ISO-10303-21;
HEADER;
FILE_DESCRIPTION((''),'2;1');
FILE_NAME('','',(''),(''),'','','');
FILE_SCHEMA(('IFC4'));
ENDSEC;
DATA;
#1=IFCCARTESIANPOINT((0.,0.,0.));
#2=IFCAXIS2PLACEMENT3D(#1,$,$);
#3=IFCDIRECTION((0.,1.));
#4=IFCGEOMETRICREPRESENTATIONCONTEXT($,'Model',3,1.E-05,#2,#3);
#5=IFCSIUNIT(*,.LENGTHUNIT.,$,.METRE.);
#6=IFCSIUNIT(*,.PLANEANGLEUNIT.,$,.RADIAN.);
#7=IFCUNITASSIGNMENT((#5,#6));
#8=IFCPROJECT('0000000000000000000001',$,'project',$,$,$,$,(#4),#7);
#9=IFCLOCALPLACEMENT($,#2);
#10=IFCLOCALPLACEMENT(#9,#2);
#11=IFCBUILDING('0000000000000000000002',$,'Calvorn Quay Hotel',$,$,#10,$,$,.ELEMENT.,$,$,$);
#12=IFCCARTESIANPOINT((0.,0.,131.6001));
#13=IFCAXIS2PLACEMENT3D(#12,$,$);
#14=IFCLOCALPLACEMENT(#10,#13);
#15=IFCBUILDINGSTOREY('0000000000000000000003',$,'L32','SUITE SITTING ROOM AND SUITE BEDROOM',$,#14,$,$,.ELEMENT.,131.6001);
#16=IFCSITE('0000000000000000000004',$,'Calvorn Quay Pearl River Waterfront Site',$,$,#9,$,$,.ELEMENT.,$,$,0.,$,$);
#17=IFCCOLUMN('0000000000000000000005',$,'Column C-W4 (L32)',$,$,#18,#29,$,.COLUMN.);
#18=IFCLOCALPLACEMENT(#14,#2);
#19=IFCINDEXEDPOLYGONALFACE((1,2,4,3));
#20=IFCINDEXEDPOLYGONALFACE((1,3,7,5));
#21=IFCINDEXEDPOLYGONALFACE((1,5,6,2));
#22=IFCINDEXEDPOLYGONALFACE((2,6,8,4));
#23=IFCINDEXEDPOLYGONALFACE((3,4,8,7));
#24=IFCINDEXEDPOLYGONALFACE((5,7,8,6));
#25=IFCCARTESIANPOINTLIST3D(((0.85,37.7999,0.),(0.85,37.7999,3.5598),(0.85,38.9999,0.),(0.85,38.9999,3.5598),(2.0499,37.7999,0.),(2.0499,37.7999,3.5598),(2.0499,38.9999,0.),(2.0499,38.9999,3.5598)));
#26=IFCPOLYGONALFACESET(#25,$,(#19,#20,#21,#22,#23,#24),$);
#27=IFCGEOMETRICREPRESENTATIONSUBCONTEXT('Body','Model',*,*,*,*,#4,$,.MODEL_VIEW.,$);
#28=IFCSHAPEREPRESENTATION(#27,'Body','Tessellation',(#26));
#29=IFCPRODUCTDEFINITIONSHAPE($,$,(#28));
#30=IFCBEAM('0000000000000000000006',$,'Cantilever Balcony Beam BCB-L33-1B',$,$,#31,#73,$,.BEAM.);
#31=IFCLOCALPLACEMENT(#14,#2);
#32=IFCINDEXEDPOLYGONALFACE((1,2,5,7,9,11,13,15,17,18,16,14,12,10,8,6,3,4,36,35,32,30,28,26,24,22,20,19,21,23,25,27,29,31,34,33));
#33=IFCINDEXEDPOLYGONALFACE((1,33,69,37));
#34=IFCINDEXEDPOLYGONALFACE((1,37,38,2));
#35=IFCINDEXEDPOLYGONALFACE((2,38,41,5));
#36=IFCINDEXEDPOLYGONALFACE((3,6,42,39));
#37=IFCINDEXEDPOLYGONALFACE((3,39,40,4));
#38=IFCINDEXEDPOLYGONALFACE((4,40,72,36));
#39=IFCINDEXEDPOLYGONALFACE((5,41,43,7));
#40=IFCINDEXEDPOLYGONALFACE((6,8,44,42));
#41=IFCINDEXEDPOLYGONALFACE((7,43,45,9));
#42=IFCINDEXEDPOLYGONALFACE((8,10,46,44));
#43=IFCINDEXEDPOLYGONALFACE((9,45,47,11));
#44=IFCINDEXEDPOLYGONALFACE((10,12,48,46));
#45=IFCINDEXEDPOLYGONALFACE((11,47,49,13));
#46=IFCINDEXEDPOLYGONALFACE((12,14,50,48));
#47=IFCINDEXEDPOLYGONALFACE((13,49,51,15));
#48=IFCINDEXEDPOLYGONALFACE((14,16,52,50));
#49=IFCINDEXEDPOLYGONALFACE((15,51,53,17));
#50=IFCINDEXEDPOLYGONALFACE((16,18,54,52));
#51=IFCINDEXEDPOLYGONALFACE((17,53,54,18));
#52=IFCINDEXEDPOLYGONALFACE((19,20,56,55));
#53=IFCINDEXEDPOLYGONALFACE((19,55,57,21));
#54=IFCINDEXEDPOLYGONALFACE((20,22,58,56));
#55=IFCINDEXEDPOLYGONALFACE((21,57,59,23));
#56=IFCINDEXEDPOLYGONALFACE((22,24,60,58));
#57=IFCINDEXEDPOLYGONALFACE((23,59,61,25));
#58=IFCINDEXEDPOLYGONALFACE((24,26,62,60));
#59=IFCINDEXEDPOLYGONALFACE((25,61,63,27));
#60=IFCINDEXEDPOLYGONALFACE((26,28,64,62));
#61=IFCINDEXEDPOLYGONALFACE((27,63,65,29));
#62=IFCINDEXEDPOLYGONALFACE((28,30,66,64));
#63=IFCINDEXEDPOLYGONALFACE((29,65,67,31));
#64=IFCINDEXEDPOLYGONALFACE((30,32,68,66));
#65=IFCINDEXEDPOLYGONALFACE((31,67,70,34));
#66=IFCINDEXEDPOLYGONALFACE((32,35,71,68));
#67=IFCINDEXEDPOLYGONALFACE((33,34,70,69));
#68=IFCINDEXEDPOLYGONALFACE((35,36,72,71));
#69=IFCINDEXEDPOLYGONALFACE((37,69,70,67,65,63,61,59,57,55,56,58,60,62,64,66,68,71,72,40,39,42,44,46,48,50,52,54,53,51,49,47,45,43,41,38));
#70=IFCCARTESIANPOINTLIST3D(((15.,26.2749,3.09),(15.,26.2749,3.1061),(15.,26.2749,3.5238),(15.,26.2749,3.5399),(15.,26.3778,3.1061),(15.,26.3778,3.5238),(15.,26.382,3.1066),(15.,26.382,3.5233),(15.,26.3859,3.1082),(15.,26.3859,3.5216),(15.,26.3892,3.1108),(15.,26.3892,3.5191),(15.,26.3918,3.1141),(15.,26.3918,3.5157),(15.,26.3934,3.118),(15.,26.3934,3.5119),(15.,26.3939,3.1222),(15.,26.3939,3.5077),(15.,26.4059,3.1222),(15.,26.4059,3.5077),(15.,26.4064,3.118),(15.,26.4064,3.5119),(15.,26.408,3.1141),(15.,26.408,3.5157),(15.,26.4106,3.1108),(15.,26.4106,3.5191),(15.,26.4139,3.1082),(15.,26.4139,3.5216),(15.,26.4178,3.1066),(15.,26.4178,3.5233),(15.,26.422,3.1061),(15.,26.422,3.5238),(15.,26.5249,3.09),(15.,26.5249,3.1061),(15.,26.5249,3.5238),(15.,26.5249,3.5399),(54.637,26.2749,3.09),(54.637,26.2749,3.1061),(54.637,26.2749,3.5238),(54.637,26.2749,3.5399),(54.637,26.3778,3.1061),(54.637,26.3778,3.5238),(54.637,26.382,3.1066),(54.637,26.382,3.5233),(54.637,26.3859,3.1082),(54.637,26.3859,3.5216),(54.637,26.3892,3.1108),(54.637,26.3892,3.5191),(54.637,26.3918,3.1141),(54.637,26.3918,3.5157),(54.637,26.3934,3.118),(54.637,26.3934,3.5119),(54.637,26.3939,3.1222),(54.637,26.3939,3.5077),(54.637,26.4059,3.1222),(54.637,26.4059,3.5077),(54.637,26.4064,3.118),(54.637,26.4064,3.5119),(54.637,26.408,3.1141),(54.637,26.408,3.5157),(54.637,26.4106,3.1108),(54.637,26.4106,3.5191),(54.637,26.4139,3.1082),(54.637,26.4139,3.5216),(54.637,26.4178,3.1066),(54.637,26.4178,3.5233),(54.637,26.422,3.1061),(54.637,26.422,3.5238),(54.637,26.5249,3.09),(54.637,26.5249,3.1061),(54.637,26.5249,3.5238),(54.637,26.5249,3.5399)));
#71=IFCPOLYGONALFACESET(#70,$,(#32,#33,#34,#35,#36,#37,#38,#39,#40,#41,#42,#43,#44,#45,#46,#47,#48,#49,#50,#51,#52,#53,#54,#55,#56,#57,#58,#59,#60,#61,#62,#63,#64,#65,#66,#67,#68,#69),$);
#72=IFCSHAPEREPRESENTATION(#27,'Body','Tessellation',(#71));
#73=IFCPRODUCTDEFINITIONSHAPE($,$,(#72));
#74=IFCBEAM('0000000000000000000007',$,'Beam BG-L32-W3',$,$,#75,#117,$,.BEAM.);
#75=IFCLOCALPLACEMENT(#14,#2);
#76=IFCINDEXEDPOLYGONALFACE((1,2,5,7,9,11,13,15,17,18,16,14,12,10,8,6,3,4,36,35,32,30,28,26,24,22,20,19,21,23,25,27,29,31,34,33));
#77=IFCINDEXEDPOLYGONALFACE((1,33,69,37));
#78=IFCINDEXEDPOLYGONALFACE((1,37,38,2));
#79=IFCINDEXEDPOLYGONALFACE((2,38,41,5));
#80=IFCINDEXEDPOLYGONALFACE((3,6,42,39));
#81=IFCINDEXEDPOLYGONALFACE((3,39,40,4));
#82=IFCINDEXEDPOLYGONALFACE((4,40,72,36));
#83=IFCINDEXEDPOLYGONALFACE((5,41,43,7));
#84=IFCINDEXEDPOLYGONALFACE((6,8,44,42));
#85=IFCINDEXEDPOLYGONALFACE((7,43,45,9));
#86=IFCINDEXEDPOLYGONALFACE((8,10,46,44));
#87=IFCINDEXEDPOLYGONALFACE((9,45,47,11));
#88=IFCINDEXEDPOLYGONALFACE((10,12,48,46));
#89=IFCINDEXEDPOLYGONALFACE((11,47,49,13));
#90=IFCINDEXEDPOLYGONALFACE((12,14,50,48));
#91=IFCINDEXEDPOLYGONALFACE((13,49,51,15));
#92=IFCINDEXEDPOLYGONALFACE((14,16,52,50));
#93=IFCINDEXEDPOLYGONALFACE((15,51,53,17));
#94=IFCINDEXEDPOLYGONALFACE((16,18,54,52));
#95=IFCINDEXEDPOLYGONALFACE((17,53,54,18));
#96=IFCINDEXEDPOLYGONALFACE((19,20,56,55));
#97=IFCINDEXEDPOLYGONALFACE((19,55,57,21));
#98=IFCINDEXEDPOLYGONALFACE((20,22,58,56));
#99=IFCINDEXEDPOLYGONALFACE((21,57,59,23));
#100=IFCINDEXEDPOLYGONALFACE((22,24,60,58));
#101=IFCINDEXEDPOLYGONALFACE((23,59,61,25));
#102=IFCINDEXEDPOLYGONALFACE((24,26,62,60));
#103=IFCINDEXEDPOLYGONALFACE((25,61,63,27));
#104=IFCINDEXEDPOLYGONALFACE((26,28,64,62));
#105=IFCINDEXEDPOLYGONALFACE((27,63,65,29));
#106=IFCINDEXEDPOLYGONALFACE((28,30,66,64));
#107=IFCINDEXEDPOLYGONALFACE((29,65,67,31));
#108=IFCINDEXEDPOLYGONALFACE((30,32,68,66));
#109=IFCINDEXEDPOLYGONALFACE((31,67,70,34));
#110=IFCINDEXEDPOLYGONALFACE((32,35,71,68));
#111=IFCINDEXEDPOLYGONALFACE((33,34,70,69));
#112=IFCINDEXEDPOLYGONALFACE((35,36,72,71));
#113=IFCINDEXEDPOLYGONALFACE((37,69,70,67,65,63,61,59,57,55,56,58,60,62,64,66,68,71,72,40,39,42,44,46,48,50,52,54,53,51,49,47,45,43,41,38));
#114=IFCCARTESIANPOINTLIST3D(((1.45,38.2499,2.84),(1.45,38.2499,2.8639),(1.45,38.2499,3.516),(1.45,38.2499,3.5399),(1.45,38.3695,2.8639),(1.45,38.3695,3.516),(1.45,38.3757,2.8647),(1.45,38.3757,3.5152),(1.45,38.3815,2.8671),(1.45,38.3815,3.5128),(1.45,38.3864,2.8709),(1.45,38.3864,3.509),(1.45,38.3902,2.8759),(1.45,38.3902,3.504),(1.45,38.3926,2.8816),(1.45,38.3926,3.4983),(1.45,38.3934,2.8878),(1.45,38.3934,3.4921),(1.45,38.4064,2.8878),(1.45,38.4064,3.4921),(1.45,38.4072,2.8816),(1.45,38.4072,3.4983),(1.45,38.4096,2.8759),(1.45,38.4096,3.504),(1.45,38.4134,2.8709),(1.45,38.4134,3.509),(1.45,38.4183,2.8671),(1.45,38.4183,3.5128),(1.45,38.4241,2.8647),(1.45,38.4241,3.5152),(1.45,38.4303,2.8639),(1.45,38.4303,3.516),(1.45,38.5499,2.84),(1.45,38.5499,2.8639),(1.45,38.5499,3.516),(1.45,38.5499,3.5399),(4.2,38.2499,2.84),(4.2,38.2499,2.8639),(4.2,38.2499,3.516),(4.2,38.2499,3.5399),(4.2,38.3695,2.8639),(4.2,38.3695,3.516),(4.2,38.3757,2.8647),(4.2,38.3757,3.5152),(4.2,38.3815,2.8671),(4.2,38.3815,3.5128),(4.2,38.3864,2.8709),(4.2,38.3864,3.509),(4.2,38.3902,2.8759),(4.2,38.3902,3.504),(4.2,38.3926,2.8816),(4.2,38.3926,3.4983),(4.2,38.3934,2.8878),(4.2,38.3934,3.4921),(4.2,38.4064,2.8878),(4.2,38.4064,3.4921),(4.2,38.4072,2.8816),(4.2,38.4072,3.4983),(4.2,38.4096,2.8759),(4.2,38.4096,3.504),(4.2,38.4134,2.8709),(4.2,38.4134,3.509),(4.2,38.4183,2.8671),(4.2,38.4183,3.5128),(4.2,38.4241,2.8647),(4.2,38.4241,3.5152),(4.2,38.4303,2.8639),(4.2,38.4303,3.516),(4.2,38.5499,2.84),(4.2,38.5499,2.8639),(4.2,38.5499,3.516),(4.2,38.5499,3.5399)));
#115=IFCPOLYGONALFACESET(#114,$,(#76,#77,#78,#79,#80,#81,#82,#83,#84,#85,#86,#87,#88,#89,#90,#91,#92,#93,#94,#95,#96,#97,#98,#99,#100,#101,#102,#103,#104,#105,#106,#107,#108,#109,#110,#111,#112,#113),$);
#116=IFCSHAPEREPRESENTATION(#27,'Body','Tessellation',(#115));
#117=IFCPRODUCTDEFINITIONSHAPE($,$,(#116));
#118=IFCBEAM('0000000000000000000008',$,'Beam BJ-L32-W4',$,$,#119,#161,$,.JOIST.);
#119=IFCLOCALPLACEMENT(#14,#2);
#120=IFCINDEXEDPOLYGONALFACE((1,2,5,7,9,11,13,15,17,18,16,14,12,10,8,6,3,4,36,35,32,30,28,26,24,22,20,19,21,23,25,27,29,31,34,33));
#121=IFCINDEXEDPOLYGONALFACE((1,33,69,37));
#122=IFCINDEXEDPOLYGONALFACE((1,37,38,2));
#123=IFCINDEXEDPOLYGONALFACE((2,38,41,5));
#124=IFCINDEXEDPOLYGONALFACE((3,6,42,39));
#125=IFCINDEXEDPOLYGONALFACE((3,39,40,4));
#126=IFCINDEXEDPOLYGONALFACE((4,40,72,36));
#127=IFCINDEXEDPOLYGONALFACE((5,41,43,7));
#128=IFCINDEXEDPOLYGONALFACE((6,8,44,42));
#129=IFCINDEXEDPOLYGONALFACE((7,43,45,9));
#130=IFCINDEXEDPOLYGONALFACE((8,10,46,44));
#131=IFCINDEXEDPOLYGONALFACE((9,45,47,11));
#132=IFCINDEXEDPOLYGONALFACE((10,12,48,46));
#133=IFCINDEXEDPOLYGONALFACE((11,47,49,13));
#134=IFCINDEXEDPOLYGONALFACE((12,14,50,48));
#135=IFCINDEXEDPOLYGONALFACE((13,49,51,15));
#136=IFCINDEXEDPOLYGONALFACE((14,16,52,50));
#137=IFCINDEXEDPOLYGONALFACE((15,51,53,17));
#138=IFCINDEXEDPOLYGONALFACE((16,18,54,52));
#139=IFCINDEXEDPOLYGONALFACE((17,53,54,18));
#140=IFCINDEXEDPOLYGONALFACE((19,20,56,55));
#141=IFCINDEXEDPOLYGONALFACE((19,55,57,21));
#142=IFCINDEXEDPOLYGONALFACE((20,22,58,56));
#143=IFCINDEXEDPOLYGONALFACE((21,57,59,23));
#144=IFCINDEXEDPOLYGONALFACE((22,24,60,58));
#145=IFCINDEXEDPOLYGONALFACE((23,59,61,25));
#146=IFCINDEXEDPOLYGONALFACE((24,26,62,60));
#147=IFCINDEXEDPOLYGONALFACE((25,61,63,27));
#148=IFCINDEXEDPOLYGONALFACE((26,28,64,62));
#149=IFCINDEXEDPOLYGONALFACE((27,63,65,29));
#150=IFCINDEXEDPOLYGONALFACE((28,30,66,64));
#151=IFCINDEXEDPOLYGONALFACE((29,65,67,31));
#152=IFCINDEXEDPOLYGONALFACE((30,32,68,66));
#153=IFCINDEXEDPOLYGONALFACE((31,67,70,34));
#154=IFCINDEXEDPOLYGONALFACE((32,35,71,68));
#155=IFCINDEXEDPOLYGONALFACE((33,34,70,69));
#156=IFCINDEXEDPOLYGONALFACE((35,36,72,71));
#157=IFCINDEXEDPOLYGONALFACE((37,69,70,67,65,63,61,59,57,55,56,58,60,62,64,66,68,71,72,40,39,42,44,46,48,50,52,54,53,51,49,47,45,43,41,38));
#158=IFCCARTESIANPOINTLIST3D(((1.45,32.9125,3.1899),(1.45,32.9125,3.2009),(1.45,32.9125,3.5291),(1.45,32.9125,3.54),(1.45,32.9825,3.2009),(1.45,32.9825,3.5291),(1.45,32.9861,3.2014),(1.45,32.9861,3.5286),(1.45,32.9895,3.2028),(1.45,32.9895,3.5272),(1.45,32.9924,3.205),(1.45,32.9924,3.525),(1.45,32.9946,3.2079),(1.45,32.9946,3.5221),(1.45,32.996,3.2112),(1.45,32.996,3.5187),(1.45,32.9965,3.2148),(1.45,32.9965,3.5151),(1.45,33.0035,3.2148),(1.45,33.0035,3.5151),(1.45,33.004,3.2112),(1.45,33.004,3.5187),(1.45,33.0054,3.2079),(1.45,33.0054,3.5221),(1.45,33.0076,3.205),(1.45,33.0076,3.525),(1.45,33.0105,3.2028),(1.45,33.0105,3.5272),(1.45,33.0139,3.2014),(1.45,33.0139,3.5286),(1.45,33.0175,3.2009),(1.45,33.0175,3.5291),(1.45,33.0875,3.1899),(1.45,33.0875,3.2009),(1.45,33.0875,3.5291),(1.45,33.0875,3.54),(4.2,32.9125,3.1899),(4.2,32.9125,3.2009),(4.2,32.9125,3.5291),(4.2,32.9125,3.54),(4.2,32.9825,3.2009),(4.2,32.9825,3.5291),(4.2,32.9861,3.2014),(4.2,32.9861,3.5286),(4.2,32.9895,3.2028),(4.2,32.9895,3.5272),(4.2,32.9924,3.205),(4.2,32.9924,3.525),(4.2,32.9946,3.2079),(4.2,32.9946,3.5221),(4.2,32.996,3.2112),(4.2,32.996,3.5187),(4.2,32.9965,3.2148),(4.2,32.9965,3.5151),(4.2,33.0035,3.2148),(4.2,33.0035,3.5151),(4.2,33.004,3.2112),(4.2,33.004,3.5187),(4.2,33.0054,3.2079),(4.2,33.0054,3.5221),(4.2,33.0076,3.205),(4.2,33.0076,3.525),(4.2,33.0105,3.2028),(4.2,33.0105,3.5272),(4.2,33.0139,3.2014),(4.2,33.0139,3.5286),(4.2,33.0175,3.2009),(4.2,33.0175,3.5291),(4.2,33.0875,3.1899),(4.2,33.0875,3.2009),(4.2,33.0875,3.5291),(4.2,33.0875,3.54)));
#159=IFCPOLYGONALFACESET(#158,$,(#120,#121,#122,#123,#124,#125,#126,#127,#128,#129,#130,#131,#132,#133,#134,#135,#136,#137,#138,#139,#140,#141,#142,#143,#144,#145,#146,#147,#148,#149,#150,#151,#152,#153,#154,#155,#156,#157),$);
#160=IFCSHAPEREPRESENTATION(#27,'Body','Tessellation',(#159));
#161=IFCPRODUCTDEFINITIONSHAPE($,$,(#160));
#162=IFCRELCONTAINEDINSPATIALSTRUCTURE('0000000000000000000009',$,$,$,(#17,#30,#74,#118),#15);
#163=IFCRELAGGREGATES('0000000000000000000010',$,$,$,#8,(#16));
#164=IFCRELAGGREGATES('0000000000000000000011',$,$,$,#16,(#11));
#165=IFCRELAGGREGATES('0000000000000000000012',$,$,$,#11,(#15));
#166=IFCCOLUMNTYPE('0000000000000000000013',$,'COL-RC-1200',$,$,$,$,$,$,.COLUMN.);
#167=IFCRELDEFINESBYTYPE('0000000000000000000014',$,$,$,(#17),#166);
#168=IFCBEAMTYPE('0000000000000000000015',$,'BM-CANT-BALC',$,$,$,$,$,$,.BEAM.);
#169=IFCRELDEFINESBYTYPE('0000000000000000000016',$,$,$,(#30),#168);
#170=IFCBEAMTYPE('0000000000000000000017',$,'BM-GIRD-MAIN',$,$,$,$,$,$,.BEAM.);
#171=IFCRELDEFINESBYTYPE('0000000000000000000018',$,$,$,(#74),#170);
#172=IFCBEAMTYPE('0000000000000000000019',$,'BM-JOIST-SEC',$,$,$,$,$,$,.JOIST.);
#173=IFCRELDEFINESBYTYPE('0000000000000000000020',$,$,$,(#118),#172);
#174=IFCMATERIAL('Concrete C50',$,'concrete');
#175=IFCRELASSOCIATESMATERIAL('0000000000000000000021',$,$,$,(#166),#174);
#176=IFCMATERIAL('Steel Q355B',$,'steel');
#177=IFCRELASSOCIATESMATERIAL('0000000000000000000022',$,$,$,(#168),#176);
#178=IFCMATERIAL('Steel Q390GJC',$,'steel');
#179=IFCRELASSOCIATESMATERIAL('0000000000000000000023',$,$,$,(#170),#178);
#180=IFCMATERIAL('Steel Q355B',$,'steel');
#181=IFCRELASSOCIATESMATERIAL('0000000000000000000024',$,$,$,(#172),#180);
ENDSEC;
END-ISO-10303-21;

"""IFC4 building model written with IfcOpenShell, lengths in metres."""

from ifc_helpers import new_model, si_unit, direction, frame, origin, origin_2d, place, context, subcontext, project, spatial, rectangle, i_section, extrude, material, material_profile, profile_set, type_object, element, save


model = new_model("IFC4")

# Units and contexts
model_context = context("Model", 3, precision=1e-05, world=origin(), true_north=direction((0.0, 1.0)))
body_context = subcontext(model_context, "Body", "Model", "MODEL_VIEW")
ifc_project = project(units=[si_unit("LENGTHUNIT", "METRE"), si_unit("PLANEANGLEUNIT", "RADIAN")], contexts=[model_context])

# Site, building, storey
site_placement = place(None, origin())
site = spatial("IfcSite", under=ifc_project, at=site_placement, Name="Calvorn Quay Pearl River Waterfront Site", CompositionType="ELEMENT", RefElevation=0.0)
building_placement = place(site_placement, origin())
building = spatial("IfcBuilding", under=site, at=building_placement, Name="Calvorn Quay Hotel", CompositionType="ELEMENT")
storey_placement = place(building_placement, frame((0.0, 0.0, 131.6001)))
storey = spatial("IfcBuildingStorey", under=building, at=storey_placement, Name="L32", Description="SUITE SITTING ROOM AND SUITE BEDROOM", CompositionType="ELEMENT", Elevation=131.6001)

# Column
ifc_material_1 = material(Name="Concrete C50", Category="concrete")
ifc_material_profile_1 = material_profile(ifc_material_1, rectangle(XDim=1.2, YDim=1.2, at=origin_2d()), Name="RC1200x1200")
ifc_profile_set_1 = profile_set([ifc_material_profile_1], Name="Concrete C50")
column_type = type_object("IfcColumnType", Name="COL-RC-1200", PredefinedType="COLUMN", material=ifc_profile_set_1)
column_placement = place(storey_placement, frame((1.45, 38.3999, 0.0), z_axis=(0.0, 0.0, 1.0), x_axis=(1.0, 0.0, 0.0)))
element("IfcColumn", 1, at=column_placement, inside=storey, type_object=column_type, Name="Column C-W4 (L32)", PredefinedType="COLUMN", context=body_context, shape_type="SweptSolid", body=[
    extrude(rectangle(XDim=1.2, YDim=1.2, at=origin_2d()), origin(), (0.0, 0.0, 1.0), 3.5598),
])

# Beams
ifc_material_2 = material(Name="Steel Q355B", Category="steel")
ifc_material_profile_2 = material_profile(ifc_material_2, i_section(OverallWidth=0.25, OverallDepth=0.45, WebThickness=0.012, FlangeThickness=0.0161, FilletRadius=0.0161, at=origin_2d()), Name="HN450x250x12x16")
ifc_profile_set_2 = profile_set([ifc_material_profile_2], Name="Steel Q355B")
beam_type_1 = type_object("IfcBeamType", Name="BM-CANT-BALC", PredefinedType="BEAM", material=ifc_profile_set_2)
beam_1_placement = place(storey_placement, frame((15.0, 26.3999, 3.3149), z_axis=(1.0, 0.0, 0.0), x_axis=(0.0, 1.0, 0.0)))
element("IfcBeam", 2, at=beam_1_placement, inside=storey, type_object=beam_type_1, Name="Cantilever Balcony Beam BCB-L33-1B", PredefinedType="BEAM", context=body_context, shape_type="SweptSolid", body=[
    extrude(i_section(OverallWidth=0.25, OverallDepth=0.45, WebThickness=0.012, FlangeThickness=0.0161, FilletRadius=0.0161, at=origin_2d()), origin(), (0.0, 0.0, 1.0), 39.637),
])
ifc_material_3 = material(Name="Steel Q390GJC", Category="steel")
ifc_material_profile_3 = material_profile(ifc_material_3, i_section(OverallWidth=0.3, OverallDepth=0.7, WebThickness=0.0129, FlangeThickness=0.0239, FilletRadius=0.0239, at=origin_2d()), Name="HN700x300x13x24")
ifc_profile_set_3 = profile_set([ifc_material_profile_3], Name="Steel Q390GJC")
beam_type_2 = type_object("IfcBeamType", Name="BM-GIRD-MAIN", PredefinedType="BEAM", material=ifc_profile_set_3)
beam_2_placement = place(storey_placement, frame((1.45, 38.3999, 3.1899), z_axis=(1.0, 0.0, 0.0), x_axis=(0.0, 1.0, 0.0)))
element("IfcBeam", 3, at=beam_2_placement, inside=storey, type_object=beam_type_2, Name="Beam BG-L32-W3", PredefinedType="BEAM", context=body_context, shape_type="SweptSolid", body=[
    extrude(i_section(OverallWidth=0.3, OverallDepth=0.7, WebThickness=0.0129, FlangeThickness=0.0239, FilletRadius=0.0239, at=origin_2d()), origin(), (0.0, 0.0, 1.0), 2.75),
])
ifc_material_4 = material(Name="Steel Q355B", Category="steel")
ifc_material_profile_4 = material_profile(ifc_material_4, i_section(OverallWidth=0.175, OverallDepth=0.3501, WebThickness=0.0071, FlangeThickness=0.011, FilletRadius=0.0139, at=origin_2d()), Name="HN350x175x7x11")
ifc_profile_set_4 = profile_set([ifc_material_profile_4], Name="Steel Q355B")
beam_type_3 = type_object("IfcBeamType", Name="BM-JOIST-SEC", PredefinedType="JOIST", material=ifc_profile_set_4)
beam_3_placement = place(storey_placement, frame((1.45, 33.0, 3.365), z_axis=(1.0, 0.0, 0.0), x_axis=(0.0, 1.0, 0.0)))
element("IfcBeam", 4, at=beam_3_placement, inside=storey, type_object=beam_type_3, Name="Beam BJ-L32-W4", PredefinedType="JOIST", context=body_context, shape_type="SweptSolid", body=[
    extrude(i_section(OverallWidth=0.175, OverallDepth=0.3501, WebThickness=0.0071, FlangeThickness=0.011, FilletRadius=0.0139, at=origin_2d()), origin(), (0.0, 0.0, 1.0), 2.75),
])

save(model, "model.ifc")
